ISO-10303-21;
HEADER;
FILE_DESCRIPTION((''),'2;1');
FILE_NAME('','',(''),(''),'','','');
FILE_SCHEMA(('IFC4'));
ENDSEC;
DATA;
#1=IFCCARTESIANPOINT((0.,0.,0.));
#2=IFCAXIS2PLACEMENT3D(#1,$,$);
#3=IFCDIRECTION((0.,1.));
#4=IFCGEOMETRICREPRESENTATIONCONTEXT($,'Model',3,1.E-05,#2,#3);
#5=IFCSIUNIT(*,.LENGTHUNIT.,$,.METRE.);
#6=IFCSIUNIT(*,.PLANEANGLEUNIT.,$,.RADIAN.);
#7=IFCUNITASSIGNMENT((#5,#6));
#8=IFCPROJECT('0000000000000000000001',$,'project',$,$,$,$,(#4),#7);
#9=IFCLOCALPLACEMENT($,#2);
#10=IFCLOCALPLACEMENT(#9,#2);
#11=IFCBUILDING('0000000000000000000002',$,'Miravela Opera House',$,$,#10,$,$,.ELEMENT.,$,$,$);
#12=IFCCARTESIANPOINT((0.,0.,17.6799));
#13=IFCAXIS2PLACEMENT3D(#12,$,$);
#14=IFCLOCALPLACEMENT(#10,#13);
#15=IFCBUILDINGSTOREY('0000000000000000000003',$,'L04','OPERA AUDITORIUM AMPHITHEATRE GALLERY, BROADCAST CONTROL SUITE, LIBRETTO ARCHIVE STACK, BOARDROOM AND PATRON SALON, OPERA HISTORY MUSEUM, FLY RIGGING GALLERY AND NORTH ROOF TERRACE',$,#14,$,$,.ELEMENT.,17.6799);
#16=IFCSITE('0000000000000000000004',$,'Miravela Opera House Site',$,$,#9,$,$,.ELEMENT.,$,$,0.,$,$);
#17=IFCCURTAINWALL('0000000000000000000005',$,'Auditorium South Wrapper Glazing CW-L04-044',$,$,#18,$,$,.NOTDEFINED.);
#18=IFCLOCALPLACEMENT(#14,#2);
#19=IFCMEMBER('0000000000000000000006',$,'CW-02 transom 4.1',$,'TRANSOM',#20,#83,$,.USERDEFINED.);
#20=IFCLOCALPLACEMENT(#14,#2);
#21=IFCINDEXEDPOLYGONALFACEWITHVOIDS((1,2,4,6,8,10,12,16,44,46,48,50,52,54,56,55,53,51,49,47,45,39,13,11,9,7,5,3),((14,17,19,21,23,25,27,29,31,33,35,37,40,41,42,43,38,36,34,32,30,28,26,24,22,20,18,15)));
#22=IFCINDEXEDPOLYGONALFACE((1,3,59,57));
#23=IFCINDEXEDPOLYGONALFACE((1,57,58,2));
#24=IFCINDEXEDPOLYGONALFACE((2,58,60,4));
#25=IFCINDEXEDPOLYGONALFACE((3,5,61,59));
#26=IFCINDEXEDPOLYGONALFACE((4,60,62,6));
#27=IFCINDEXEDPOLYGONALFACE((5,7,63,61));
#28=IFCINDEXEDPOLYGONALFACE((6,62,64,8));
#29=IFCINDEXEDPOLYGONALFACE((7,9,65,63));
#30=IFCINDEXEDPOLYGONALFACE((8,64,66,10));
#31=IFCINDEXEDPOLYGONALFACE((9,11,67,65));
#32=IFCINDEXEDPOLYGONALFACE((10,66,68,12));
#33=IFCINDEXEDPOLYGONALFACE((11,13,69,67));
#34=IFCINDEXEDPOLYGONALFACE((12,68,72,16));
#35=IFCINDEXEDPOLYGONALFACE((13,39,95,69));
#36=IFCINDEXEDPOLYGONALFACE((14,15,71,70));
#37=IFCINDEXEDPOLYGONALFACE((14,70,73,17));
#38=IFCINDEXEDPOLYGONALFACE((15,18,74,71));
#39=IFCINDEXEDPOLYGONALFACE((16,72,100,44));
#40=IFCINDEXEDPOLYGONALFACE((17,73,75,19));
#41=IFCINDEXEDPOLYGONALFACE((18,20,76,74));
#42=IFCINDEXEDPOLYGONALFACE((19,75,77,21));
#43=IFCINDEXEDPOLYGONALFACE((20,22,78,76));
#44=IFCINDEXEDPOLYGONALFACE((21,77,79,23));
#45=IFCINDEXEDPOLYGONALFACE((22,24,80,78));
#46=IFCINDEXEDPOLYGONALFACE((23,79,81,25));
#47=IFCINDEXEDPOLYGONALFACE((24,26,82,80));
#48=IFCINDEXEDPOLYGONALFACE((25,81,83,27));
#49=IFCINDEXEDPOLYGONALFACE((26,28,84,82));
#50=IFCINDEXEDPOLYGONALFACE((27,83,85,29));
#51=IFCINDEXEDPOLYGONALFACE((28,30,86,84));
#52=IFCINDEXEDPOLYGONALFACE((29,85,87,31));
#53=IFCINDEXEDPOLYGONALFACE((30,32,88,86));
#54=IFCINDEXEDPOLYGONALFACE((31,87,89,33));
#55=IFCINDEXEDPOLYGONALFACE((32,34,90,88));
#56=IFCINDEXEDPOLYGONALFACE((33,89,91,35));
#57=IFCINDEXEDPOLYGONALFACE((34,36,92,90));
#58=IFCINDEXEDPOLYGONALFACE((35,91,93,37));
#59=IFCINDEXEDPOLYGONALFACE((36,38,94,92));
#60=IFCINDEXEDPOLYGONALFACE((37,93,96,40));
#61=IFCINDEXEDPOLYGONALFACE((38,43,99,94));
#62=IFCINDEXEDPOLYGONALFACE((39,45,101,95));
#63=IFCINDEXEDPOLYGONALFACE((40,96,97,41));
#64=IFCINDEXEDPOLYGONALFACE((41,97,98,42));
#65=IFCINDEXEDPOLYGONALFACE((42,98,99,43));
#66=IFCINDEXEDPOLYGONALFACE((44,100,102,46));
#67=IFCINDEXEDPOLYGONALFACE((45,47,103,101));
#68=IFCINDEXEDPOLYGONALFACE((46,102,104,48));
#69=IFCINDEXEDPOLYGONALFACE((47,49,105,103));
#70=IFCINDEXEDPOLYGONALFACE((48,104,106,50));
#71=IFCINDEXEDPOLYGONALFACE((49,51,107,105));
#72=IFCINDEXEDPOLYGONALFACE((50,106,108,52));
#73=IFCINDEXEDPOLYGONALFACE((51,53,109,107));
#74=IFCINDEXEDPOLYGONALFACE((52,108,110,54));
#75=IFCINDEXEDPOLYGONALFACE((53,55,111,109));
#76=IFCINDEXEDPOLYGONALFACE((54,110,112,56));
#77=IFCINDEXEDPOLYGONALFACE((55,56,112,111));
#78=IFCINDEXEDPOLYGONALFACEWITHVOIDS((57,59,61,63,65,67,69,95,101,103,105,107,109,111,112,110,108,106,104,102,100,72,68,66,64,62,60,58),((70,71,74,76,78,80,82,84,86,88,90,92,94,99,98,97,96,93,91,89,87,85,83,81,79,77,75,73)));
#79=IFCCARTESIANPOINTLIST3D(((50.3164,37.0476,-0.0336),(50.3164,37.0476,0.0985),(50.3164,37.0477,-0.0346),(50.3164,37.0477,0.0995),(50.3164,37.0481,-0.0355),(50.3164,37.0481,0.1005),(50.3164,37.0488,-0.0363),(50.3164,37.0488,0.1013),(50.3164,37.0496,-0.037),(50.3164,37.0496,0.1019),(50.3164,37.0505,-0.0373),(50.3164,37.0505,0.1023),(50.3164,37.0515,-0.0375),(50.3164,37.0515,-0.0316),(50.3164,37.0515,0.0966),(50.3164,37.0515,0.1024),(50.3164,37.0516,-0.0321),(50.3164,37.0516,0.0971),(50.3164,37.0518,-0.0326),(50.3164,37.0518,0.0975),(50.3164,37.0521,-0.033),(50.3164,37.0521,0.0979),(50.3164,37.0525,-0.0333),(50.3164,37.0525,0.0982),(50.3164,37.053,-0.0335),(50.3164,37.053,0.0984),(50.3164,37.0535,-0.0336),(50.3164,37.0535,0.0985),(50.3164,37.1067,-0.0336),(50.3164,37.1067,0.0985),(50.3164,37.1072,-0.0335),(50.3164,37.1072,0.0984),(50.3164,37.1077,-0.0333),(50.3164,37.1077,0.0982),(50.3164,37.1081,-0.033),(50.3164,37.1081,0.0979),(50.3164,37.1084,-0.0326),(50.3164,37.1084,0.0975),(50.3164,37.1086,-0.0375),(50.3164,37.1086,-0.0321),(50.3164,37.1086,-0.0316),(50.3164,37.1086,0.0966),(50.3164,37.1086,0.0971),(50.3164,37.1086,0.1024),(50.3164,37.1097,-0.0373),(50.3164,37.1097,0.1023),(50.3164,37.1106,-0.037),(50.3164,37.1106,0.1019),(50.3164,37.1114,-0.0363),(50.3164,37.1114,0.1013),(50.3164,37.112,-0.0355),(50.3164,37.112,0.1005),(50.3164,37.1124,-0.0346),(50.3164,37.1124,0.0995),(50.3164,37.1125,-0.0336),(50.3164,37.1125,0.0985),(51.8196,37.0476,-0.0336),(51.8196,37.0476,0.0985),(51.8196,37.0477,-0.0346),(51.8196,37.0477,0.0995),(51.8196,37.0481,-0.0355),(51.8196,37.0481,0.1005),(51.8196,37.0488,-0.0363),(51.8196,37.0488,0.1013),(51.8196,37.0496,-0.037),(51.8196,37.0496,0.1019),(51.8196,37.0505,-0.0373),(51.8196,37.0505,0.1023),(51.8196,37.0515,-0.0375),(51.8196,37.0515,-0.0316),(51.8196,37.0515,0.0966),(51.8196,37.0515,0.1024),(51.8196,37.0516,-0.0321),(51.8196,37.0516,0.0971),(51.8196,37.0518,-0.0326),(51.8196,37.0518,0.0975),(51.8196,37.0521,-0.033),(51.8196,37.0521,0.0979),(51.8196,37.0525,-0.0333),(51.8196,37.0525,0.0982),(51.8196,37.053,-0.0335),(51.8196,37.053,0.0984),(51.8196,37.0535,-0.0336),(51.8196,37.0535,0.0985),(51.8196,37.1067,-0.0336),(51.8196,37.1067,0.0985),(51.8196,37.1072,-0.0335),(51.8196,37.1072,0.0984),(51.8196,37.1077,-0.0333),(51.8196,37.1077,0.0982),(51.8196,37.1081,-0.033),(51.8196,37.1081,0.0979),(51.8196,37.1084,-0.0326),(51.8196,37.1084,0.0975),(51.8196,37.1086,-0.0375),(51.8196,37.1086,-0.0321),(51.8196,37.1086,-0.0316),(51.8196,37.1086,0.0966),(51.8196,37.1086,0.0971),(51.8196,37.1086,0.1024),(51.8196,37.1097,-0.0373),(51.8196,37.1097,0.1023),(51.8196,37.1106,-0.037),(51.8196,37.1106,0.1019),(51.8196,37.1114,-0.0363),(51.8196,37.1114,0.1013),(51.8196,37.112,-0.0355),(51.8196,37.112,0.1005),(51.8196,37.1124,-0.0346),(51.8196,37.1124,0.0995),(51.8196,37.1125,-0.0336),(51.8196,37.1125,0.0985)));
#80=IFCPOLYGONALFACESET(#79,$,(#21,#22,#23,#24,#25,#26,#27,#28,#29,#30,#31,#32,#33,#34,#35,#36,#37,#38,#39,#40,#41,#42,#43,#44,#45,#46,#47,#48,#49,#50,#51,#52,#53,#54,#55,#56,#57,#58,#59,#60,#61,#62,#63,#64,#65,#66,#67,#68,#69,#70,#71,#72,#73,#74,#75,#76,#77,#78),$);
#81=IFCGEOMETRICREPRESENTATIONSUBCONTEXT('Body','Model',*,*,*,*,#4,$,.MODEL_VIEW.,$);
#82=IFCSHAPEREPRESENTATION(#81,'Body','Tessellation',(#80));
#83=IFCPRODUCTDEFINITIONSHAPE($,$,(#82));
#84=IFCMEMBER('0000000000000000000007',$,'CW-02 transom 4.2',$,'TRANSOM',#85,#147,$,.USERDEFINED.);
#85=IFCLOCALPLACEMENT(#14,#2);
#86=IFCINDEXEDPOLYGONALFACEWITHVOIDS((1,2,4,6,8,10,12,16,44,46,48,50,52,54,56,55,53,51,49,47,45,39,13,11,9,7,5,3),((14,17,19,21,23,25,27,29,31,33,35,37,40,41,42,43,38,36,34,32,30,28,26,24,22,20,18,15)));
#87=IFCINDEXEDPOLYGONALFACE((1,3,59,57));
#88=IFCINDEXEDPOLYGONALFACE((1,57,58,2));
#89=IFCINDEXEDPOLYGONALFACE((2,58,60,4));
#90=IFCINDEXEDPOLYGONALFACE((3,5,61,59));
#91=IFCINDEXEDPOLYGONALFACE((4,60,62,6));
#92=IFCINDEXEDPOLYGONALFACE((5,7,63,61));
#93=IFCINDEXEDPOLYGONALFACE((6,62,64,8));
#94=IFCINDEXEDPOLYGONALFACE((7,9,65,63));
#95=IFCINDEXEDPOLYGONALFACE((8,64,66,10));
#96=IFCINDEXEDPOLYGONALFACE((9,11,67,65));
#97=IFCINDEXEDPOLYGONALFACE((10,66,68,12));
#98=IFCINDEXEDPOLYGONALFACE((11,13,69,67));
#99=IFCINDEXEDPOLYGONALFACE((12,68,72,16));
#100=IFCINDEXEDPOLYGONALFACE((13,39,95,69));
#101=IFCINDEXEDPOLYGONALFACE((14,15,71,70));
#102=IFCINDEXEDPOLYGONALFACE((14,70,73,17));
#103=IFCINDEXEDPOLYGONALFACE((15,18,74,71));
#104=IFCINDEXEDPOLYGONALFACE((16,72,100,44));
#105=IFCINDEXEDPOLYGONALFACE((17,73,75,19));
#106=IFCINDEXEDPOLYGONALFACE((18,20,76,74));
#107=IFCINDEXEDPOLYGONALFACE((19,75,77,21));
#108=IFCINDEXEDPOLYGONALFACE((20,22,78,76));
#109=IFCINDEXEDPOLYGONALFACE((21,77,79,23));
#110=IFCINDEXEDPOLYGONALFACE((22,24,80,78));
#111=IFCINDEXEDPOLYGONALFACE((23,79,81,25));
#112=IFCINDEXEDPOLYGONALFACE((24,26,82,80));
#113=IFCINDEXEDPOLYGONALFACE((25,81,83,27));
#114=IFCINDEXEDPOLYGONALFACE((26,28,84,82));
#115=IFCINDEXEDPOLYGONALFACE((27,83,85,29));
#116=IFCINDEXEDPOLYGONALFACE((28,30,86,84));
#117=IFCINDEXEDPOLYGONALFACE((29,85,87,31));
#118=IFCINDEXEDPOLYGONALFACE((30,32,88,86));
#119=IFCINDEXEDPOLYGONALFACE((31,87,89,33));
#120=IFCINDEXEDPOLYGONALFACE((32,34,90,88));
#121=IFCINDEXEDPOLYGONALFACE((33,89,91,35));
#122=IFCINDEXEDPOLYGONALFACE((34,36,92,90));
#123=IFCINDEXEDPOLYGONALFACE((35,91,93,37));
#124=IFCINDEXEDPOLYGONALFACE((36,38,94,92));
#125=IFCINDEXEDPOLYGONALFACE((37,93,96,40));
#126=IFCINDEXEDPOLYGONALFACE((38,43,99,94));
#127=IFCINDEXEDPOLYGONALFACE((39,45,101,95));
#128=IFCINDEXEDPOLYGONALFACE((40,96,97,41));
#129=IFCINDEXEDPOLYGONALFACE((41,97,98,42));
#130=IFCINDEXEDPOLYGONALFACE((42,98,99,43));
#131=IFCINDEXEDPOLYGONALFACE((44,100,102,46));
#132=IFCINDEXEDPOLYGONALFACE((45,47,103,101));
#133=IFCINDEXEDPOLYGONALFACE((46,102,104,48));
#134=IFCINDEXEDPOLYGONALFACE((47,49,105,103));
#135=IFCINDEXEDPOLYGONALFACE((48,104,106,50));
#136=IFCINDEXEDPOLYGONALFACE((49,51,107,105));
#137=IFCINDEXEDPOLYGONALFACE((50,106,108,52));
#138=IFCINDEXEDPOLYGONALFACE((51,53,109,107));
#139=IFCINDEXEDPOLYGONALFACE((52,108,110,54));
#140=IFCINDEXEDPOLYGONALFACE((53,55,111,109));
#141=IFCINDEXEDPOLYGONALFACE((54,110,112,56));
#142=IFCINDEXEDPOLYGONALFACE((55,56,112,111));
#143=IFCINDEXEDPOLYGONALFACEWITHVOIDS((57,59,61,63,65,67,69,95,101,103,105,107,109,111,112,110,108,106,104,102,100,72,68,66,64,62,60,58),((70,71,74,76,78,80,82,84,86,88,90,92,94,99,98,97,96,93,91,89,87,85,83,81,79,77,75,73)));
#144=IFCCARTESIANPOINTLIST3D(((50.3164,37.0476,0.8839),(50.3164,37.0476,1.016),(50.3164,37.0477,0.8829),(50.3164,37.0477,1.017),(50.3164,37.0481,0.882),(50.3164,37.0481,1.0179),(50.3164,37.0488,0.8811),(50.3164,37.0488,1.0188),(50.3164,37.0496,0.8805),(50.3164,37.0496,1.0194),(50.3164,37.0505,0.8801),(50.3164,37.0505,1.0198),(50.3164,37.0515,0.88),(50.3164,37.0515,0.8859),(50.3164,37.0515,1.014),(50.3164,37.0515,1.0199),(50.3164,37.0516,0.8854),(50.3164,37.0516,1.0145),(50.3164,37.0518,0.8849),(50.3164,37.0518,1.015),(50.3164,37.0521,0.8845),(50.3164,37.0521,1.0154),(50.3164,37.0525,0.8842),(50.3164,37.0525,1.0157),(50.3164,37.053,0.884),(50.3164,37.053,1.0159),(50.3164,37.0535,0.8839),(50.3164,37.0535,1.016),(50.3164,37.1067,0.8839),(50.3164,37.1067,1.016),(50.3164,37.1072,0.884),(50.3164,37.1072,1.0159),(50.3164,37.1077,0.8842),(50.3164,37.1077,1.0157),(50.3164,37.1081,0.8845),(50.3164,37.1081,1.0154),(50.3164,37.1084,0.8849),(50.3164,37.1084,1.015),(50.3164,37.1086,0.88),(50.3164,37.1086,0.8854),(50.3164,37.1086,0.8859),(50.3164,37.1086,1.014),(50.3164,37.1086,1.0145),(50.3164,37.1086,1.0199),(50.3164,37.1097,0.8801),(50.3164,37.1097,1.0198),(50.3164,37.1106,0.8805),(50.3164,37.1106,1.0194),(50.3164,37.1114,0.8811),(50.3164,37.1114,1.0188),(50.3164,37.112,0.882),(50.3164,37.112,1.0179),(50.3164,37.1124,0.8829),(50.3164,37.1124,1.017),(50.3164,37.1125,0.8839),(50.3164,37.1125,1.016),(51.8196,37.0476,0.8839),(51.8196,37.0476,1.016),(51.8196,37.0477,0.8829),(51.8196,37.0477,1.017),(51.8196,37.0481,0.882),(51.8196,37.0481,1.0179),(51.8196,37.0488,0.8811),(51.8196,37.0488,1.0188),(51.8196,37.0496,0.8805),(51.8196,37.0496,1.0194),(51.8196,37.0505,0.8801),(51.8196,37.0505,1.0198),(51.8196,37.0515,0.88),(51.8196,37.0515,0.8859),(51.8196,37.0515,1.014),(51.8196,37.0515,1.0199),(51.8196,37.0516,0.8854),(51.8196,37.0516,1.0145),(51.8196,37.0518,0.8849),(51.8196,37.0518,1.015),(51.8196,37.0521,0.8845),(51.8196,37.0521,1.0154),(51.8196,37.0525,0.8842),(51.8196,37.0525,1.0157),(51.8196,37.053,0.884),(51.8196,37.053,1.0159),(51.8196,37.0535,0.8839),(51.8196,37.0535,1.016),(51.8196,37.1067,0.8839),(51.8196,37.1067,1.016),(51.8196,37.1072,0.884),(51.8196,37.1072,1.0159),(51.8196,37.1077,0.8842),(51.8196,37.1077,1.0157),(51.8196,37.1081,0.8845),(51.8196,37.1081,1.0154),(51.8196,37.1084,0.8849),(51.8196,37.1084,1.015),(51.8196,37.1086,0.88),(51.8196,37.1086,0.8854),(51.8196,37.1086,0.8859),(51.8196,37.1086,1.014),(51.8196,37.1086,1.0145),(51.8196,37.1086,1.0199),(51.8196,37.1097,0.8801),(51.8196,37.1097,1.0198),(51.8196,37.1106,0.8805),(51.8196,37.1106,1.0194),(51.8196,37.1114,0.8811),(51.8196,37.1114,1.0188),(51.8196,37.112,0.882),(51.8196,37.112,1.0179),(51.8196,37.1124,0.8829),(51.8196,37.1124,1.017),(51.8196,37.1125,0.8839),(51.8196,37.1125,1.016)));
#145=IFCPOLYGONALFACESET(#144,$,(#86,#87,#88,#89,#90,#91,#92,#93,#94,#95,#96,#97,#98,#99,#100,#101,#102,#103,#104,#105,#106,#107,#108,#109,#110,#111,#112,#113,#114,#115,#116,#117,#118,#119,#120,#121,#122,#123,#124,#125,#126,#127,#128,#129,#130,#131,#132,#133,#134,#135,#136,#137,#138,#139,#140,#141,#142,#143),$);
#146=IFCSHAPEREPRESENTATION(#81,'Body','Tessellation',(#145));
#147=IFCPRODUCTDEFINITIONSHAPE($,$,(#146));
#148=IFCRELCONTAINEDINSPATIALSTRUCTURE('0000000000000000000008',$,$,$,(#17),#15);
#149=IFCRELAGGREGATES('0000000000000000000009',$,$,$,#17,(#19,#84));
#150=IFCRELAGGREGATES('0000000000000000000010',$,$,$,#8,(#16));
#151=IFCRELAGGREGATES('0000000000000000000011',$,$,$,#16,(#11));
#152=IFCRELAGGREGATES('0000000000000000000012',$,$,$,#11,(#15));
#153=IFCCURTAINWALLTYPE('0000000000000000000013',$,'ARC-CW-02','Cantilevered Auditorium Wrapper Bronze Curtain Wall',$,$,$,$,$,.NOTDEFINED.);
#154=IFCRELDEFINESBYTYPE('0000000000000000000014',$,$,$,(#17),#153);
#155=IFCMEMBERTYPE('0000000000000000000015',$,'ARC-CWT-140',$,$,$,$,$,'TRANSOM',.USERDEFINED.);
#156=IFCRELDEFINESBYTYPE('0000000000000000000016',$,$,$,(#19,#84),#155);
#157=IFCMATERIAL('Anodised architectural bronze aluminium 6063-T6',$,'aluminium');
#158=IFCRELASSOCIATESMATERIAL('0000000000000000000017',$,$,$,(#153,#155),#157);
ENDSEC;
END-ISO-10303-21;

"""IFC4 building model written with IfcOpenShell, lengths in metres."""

from ifc_helpers import new_model, si_unit, direction, frame, origin, origin_2d, place, context, subcontext, project, spatial, hollow_rectangle, extrude, material, material_profile, profile_set, type_object, element, aggregate, save


model = new_model("IFC4")

# Units and contexts
model_context = context("Model", 3, precision=1e-05, world=origin(), true_north=direction((0.0, 1.0)))
body_context = subcontext(model_context, "Body", "Model", "MODEL_VIEW")
ifc_project = project(units=[si_unit("LENGTHUNIT", "METRE"), si_unit("PLANEANGLEUNIT", "RADIAN")], contexts=[model_context])

# Site, building, storey
site_placement = place(None, origin())
site = spatial("IfcSite", under=ifc_project, at=site_placement, Name="Miravela Opera House Site", CompositionType="ELEMENT", RefElevation=0.0)
building_placement = place(site_placement, origin())
building = spatial("IfcBuilding", under=site, at=building_placement, Name="Miravela Opera House", CompositionType="ELEMENT")
storey_placement = place(building_placement, frame((0.0, 0.0, 17.6799)))
storey = spatial("IfcBuildingStorey", under=building, at=storey_placement, Name="L04", Description="OPERA AUDITORIUM AMPHITHEATRE GALLERY, BROADCAST CONTROL SUITE, LIBRETTO ARCHIVE STACK, BOARDROOM AND PATRON SALON, OPERA HISTORY MUSEUM, FLY RIGGING GALLERY AND NORTH ROOF TERRACE", CompositionType="ELEMENT", Elevation=17.6799)

# Curtain wall, members
ifc_material_1 = material(Name="Anodised architectural bronze aluminium 6063-T6", Category="aluminium")
curtain_wall_type = type_object("IfcCurtainWallType", Name="ARC-CW-02", Description="Cantilevered Auditorium Wrapper Bronze Curtain Wall", PredefinedType="NOTDEFINED", material=ifc_material_1)
curtain_wall_placement = place(storey_placement, origin())
curtain_wall = element("IfcCurtainWall", 1, at=curtain_wall_placement, inside=storey, type_object=curtain_wall_type, Name="Auditorium South Wrapper Glazing CW-L04-044", PredefinedType="NOTDEFINED")
ifc_material_profile_1 = material_profile(ifc_material_1, hollow_rectangle(XDim=0.0649, YDim=0.1399, WallThickness=0.0039, InnerFilletRadius=0.002, OuterFilletRadius=0.0039, at=origin_2d()), Name="CWT-65X140")
ifc_profile_set_1 = profile_set([ifc_material_profile_1])
member_type_1 = type_object("IfcMemberType", Name="ARC-CWT-140", ElementType="TRANSOM", PredefinedType="USERDEFINED", material=ifc_profile_set_1)
member_1_placement = place(storey_placement, frame((50.3164, 37.0801, 0.0325), z_axis=(1.0, 0.0, 0.0), x_axis=(0.0, 1.0, 0.0)))
member_1 = element("IfcMember", 2, at=member_1_placement, type_object=member_type_1, Name="CW-02 transom 4.1", ObjectType="TRANSOM", PredefinedType="USERDEFINED", context=body_context, shape_type="SweptSolid", body=[
    extrude(hollow_rectangle(XDim=0.0649, YDim=0.1399, WallThickness=0.0039, InnerFilletRadius=0.002, OuterFilletRadius=0.0039, at=origin_2d()), origin(), (0.0, 0.0, 1.0), 1.5032),
])
member_2_placement = place(storey_placement, frame((50.3164, 37.0801, 0.95), z_axis=(1.0, 0.0, 0.0), x_axis=(0.0, 1.0, 0.0)))
member_2 = element("IfcMember", 3, at=member_2_placement, type_object=member_type_1, Name="CW-02 transom 4.2", ObjectType="TRANSOM", PredefinedType="USERDEFINED", context=body_context, shape_type="SweptSolid", body=[
    extrude(hollow_rectangle(XDim=0.0649, YDim=0.1399, WallThickness=0.0039, InnerFilletRadius=0.002, OuterFilletRadius=0.0039, at=origin_2d()), origin(), (0.0, 0.0, 1.0), 1.5032),
])

aggregate(curtain_wall, [member_1, member_2])

save(model, "model.ifc")
